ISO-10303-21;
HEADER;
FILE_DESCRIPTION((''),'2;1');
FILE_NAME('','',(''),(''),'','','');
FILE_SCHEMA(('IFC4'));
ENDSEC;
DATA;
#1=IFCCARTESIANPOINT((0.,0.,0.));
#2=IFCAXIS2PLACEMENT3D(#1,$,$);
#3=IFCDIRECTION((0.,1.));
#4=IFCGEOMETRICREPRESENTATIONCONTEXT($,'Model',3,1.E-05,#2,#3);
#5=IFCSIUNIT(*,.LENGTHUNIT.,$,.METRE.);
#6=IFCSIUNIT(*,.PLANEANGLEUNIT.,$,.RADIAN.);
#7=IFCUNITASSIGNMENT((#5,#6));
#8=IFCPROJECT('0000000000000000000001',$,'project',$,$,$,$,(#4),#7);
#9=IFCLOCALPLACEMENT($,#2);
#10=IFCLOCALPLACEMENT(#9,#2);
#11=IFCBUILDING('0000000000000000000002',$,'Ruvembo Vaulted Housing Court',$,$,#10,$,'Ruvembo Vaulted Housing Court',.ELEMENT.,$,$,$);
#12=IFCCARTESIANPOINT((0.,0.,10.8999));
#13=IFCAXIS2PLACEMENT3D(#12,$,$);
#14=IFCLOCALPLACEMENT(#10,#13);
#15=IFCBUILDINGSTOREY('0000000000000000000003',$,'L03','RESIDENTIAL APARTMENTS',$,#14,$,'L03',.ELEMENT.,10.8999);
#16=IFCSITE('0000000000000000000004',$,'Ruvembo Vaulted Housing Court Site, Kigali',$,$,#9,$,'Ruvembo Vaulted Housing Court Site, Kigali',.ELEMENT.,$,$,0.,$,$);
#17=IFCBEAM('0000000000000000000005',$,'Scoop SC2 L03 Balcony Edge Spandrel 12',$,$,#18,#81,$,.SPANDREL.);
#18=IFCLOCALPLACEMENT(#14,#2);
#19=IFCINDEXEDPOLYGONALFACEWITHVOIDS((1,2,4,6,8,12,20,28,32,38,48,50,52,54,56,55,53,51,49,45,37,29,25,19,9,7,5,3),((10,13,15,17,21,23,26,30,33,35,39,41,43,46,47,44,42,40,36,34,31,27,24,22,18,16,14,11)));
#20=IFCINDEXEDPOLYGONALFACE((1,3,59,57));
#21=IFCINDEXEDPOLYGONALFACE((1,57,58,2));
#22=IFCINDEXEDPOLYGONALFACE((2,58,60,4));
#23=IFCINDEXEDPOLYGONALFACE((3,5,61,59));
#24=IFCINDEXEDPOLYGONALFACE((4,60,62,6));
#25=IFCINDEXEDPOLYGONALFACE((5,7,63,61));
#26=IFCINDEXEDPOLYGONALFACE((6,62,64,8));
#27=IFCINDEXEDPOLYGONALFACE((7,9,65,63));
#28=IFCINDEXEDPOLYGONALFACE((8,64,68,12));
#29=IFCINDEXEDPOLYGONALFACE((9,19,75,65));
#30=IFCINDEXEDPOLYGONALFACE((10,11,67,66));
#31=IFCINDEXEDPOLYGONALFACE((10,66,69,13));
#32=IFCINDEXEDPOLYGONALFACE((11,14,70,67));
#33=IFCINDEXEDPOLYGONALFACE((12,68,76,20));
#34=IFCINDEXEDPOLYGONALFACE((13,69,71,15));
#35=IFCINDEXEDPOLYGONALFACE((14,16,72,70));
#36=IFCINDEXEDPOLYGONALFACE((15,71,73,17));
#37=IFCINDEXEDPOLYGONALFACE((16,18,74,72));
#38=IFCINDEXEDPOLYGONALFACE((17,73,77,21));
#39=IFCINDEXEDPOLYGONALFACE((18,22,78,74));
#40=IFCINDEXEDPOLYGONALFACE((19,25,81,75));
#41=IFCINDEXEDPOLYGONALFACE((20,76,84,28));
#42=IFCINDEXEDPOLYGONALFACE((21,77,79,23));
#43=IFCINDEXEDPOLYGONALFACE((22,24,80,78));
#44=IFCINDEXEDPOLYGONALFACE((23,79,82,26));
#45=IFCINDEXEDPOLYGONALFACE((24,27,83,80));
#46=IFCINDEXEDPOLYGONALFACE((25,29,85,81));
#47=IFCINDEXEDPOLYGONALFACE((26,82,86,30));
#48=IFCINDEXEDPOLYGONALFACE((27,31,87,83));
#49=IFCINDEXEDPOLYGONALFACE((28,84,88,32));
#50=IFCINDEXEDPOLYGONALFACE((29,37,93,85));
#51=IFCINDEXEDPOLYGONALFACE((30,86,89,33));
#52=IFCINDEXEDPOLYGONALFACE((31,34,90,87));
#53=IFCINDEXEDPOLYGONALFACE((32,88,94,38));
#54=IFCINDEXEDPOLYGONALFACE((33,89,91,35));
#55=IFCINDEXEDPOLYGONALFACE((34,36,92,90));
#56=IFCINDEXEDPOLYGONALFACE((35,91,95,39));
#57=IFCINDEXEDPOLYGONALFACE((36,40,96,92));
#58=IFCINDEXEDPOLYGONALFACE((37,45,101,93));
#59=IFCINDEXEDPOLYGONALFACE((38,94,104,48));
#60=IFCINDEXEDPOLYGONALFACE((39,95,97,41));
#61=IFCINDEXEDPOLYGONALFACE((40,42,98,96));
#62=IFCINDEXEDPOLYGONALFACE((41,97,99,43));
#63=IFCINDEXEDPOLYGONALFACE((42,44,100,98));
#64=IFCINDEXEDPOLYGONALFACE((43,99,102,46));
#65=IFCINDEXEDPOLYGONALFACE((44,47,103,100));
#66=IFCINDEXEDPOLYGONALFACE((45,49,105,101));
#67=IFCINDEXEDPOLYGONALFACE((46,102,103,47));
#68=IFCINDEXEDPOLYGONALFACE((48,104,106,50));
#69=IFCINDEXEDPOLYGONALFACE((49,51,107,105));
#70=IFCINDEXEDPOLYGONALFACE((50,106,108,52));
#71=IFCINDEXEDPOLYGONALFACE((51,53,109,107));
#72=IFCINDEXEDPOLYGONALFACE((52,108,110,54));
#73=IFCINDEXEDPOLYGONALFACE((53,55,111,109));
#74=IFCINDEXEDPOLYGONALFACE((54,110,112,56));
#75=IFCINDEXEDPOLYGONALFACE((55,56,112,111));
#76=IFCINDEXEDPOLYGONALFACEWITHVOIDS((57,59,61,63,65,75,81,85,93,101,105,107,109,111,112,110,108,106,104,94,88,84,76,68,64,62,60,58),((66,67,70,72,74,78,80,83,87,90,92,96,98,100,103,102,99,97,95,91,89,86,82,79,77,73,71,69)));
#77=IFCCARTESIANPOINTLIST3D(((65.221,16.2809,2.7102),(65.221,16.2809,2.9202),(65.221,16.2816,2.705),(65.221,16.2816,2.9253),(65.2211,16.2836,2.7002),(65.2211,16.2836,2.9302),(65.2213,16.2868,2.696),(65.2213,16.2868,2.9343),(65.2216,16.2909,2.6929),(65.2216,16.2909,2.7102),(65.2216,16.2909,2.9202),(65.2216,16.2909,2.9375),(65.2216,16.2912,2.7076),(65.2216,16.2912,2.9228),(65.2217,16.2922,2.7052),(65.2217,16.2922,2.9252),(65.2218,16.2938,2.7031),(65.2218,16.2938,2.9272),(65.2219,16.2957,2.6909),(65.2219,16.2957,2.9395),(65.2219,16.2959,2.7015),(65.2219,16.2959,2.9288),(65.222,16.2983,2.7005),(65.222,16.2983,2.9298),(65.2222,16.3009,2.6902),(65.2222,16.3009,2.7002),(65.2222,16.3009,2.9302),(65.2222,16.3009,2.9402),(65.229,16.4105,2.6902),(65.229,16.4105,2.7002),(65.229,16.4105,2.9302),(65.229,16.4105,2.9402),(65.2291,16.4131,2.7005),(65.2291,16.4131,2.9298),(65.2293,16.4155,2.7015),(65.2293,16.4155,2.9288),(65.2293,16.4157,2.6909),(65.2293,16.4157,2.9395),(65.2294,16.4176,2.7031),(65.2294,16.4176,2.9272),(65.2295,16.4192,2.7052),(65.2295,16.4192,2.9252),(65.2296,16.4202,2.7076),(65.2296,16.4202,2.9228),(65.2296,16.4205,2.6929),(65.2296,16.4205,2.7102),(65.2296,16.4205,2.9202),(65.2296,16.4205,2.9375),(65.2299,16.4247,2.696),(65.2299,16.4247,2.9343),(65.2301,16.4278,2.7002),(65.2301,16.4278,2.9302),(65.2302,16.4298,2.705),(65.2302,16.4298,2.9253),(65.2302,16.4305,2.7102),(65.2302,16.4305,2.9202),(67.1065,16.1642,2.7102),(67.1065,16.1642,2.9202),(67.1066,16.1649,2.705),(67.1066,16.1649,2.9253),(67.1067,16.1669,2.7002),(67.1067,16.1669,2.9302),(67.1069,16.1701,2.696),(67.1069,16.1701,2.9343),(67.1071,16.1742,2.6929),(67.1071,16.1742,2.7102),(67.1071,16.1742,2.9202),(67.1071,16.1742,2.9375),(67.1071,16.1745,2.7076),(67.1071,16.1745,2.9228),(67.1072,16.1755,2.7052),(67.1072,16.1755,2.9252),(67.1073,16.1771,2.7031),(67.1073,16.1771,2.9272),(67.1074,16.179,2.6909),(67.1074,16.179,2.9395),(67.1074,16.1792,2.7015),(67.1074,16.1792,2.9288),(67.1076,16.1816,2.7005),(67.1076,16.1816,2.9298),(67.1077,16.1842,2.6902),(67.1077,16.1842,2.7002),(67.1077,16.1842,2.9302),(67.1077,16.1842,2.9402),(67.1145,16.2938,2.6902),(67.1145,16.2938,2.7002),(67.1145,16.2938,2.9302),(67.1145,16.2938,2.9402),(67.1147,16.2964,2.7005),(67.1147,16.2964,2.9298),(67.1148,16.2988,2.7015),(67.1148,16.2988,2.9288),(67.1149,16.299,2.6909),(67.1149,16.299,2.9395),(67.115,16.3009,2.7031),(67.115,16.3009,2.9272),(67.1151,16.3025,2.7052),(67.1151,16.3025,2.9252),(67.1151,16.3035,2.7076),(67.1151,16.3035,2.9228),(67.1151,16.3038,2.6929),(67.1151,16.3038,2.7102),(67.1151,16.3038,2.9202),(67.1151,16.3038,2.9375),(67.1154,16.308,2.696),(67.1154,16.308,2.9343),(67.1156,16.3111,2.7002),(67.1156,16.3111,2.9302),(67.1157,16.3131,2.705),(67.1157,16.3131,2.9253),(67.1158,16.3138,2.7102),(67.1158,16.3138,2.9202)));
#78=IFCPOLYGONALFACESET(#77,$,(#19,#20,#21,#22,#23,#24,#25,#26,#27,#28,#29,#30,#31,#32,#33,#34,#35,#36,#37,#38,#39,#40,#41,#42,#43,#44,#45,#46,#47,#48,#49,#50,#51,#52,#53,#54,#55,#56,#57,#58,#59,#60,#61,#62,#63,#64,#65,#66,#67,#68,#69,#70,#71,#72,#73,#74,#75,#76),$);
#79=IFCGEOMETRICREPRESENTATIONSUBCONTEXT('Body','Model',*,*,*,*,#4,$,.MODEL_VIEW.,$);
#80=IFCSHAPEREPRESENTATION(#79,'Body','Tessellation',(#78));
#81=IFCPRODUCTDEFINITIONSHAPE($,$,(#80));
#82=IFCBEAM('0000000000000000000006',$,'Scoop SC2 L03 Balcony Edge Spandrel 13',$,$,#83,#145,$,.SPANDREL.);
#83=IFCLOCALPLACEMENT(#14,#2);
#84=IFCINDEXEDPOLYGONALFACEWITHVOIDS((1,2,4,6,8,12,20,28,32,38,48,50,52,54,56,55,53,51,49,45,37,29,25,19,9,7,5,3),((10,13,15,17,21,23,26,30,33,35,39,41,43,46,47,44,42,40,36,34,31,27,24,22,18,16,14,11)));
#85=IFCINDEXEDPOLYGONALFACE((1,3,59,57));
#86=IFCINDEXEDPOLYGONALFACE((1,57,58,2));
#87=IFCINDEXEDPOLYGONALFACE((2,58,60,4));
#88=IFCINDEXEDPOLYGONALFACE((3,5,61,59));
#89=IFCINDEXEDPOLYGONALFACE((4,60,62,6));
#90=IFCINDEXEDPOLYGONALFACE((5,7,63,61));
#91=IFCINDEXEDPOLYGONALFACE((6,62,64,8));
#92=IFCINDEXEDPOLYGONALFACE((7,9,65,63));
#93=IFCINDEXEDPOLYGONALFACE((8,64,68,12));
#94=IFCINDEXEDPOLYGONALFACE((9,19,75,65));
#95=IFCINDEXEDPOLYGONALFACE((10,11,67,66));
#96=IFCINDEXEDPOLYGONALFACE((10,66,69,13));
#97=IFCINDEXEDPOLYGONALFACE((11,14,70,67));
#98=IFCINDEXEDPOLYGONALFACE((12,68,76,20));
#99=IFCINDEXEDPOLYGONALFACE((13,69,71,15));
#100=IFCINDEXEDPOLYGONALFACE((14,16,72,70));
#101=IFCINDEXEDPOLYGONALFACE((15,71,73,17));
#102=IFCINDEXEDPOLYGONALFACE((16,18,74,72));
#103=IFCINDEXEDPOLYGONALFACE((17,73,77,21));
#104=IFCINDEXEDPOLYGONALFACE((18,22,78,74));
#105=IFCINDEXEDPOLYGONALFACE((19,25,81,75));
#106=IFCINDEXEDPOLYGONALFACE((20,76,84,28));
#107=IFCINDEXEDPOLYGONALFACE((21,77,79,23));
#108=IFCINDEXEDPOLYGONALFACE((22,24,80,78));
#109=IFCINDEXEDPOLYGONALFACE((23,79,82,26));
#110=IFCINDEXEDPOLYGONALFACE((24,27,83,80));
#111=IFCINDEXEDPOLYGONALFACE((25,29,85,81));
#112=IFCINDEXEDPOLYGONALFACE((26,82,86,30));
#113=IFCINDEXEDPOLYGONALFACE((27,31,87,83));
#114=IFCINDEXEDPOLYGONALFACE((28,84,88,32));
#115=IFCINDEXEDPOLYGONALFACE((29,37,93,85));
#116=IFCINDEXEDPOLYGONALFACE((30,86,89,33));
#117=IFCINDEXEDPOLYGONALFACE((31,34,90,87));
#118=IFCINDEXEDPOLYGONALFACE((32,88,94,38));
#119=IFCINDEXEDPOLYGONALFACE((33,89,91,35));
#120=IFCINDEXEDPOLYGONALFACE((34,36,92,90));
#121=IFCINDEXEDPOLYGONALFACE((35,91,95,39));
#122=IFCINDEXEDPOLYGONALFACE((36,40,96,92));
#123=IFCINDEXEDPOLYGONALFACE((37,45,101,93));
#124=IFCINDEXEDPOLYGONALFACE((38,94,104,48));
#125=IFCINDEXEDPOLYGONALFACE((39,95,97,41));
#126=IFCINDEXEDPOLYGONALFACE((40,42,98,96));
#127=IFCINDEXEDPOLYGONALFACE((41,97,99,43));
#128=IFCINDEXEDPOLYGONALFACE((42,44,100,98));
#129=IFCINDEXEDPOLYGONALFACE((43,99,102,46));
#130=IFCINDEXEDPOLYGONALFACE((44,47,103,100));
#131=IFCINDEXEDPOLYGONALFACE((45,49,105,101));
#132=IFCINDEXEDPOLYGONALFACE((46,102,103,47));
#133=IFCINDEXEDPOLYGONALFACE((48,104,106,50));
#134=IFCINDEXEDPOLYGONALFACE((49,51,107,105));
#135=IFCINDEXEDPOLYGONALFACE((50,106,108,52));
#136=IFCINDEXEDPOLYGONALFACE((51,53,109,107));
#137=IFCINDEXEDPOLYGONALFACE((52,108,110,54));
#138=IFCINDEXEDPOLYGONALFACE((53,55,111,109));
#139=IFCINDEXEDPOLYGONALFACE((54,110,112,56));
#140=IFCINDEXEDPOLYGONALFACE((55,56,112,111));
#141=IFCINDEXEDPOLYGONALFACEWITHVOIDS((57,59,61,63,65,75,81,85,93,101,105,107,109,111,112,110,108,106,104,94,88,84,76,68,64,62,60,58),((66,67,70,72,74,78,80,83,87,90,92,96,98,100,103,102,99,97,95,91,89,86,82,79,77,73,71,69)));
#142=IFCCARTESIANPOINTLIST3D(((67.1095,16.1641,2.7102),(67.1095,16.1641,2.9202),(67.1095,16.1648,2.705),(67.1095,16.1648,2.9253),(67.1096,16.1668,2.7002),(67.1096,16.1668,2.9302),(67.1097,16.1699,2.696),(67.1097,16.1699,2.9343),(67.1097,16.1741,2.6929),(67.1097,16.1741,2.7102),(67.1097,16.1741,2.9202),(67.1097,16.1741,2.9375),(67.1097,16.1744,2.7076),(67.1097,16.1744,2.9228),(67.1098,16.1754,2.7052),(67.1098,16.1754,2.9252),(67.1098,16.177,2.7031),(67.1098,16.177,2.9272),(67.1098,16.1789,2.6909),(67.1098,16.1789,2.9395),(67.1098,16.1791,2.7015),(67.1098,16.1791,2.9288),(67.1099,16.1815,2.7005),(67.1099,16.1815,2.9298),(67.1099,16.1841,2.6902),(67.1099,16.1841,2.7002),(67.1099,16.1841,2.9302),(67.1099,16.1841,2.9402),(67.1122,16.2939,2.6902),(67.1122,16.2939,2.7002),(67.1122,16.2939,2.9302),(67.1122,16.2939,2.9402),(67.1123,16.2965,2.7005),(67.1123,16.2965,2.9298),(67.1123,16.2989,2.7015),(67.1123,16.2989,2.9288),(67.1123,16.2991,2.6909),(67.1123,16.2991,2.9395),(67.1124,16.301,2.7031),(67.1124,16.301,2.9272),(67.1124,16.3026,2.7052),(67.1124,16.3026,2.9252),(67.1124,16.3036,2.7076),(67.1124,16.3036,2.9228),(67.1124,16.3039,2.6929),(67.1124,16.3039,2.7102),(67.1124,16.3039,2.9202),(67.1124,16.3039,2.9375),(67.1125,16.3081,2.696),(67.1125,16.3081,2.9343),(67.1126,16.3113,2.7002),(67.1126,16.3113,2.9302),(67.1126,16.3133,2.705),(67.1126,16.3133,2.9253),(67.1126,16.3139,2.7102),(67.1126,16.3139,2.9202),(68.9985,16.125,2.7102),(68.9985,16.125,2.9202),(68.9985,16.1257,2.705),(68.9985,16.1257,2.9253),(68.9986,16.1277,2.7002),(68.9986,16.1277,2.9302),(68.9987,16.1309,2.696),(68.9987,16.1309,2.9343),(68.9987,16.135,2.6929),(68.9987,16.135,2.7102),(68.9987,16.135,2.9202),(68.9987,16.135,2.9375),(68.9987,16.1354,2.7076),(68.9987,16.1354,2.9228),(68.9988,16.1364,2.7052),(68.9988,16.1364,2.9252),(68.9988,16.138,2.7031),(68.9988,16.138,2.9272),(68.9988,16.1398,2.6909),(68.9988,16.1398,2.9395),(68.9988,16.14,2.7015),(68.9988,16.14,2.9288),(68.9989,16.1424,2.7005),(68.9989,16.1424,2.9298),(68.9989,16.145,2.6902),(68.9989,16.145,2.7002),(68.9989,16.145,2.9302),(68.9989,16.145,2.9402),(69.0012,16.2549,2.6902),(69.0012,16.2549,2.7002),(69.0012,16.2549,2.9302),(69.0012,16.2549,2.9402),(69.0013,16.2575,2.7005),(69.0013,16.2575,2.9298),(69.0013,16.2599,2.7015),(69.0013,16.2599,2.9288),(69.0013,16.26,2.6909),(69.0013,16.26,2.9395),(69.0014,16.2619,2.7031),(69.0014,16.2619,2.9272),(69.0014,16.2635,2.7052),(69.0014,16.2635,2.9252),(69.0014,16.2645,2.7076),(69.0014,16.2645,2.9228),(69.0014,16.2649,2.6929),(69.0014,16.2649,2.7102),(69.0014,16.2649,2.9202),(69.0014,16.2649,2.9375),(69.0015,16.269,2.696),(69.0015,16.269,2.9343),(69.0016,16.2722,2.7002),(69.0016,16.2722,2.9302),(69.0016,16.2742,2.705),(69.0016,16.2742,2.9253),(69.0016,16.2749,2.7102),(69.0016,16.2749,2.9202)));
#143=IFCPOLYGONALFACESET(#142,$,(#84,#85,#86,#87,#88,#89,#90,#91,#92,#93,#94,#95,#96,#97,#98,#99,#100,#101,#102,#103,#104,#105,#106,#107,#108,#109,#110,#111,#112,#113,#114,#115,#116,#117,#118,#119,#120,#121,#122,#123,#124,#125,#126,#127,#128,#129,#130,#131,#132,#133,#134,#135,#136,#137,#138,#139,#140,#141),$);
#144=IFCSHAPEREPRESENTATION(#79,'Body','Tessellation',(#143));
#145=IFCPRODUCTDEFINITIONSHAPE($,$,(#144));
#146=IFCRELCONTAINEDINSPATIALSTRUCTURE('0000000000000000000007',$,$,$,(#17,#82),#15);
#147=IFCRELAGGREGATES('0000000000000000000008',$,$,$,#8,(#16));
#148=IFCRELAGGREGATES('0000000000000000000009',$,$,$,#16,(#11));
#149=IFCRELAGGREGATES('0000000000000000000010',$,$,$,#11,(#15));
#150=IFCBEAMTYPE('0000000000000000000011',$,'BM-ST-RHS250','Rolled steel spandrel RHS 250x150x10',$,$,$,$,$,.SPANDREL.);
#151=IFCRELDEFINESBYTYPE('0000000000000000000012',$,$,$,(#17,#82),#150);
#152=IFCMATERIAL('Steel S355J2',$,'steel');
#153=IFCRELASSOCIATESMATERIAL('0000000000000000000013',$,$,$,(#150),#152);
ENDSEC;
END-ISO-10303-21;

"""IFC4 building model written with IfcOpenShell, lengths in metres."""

from ifc_helpers import new_model, si_unit, direction, frame, origin, origin_2d, place, context, subcontext, project, spatial, hollow_rectangle, extrude, material, material_profile, profile_set, type_object, element, save


model = new_model("IFC4")

# Units and contexts
model_context = context("Model", 3, precision=1e-05, world=origin(), true_north=direction((0.0, 1.0)))
body_context = subcontext(model_context, "Body", "Model", "MODEL_VIEW")
ifc_project = project(units=[si_unit("LENGTHUNIT", "METRE"), si_unit("PLANEANGLEUNIT", "RADIAN")], contexts=[model_context])

# Site, building, storey
site_placement = place(None, origin())
site = spatial("IfcSite", under=ifc_project, at=site_placement, Name="Ruvembo Vaulted Housing Court Site, Kigali", LongName="Ruvembo Vaulted Housing Court Site, Kigali", CompositionType="ELEMENT", RefElevation=0.0)
building_placement = place(site_placement, origin())
building = spatial("IfcBuilding", under=site, at=building_placement, Name="Ruvembo Vaulted Housing Court", LongName="Ruvembo Vaulted Housing Court", CompositionType="ELEMENT")
storey_placement = place(building_placement, frame((0.0, 0.0, 10.8999)))
storey = spatial("IfcBuildingStorey", under=building, at=storey_placement, Name="L03", Description="RESIDENTIAL APARTMENTS", LongName="L03", CompositionType="ELEMENT", Elevation=10.8999)

# Beams
ifc_material_1 = material(Name="Steel S355J2", Category="steel")
ifc_material_profile_1 = material_profile(ifc_material_1, hollow_rectangle(XDim=0.1499, YDim=0.25, WallThickness=0.01, InnerFilletRadius=0.01, OuterFilletRadius=0.02, at=origin_2d()), Name="RHS 250x150x10")
ifc_profile_set_1 = profile_set([ifc_material_profile_1], Name="Steel S355J2")
beam_type = type_object("IfcBeamType", Name="BM-ST-RHS250", Description="Rolled steel spandrel RHS 250x150x10", PredefinedType="SPANDREL", material=ifc_profile_set_1)
beam_1_placement = place(storey_placement, frame((65.2256, 16.3557, 2.8152), z_axis=(0.99809, -0.061775, 0.0), x_axis=(0.061775, 0.99809, 0.0)))
element("IfcBeam", 1, at=beam_1_placement, inside=storey, type_object=beam_type, Name="Scoop SC2 L03 Balcony Edge Spandrel 12", PredefinedType="SPANDREL", context=body_context, shape_type="SweptSolid", body=[
    extrude(hollow_rectangle(XDim=0.1499, YDim=0.25, WallThickness=0.01, InnerFilletRadius=0.01, OuterFilletRadius=0.02, at=origin_2d()), origin(), (0.0, 0.0, 1.0), 1.8892),
])
beam_2_placement = place(storey_placement, frame((67.1111, 16.239, 2.8152), z_axis=(0.999786, -0.020675, 0.0), x_axis=(0.020675, 0.999786, 0.0)))
element("IfcBeam", 2, at=beam_2_placement, inside=storey, type_object=beam_type, Name="Scoop SC2 L03 Balcony Edge Spandrel 13", PredefinedType="SPANDREL", context=body_context, shape_type="SweptSolid", body=[
    extrude(hollow_rectangle(XDim=0.1499, YDim=0.25, WallThickness=0.01, InnerFilletRadius=0.01, OuterFilletRadius=0.02, at=origin_2d()), origin(), (0.0, 0.0, 1.0), 1.8894),
])

save(model, "model.ifc")
